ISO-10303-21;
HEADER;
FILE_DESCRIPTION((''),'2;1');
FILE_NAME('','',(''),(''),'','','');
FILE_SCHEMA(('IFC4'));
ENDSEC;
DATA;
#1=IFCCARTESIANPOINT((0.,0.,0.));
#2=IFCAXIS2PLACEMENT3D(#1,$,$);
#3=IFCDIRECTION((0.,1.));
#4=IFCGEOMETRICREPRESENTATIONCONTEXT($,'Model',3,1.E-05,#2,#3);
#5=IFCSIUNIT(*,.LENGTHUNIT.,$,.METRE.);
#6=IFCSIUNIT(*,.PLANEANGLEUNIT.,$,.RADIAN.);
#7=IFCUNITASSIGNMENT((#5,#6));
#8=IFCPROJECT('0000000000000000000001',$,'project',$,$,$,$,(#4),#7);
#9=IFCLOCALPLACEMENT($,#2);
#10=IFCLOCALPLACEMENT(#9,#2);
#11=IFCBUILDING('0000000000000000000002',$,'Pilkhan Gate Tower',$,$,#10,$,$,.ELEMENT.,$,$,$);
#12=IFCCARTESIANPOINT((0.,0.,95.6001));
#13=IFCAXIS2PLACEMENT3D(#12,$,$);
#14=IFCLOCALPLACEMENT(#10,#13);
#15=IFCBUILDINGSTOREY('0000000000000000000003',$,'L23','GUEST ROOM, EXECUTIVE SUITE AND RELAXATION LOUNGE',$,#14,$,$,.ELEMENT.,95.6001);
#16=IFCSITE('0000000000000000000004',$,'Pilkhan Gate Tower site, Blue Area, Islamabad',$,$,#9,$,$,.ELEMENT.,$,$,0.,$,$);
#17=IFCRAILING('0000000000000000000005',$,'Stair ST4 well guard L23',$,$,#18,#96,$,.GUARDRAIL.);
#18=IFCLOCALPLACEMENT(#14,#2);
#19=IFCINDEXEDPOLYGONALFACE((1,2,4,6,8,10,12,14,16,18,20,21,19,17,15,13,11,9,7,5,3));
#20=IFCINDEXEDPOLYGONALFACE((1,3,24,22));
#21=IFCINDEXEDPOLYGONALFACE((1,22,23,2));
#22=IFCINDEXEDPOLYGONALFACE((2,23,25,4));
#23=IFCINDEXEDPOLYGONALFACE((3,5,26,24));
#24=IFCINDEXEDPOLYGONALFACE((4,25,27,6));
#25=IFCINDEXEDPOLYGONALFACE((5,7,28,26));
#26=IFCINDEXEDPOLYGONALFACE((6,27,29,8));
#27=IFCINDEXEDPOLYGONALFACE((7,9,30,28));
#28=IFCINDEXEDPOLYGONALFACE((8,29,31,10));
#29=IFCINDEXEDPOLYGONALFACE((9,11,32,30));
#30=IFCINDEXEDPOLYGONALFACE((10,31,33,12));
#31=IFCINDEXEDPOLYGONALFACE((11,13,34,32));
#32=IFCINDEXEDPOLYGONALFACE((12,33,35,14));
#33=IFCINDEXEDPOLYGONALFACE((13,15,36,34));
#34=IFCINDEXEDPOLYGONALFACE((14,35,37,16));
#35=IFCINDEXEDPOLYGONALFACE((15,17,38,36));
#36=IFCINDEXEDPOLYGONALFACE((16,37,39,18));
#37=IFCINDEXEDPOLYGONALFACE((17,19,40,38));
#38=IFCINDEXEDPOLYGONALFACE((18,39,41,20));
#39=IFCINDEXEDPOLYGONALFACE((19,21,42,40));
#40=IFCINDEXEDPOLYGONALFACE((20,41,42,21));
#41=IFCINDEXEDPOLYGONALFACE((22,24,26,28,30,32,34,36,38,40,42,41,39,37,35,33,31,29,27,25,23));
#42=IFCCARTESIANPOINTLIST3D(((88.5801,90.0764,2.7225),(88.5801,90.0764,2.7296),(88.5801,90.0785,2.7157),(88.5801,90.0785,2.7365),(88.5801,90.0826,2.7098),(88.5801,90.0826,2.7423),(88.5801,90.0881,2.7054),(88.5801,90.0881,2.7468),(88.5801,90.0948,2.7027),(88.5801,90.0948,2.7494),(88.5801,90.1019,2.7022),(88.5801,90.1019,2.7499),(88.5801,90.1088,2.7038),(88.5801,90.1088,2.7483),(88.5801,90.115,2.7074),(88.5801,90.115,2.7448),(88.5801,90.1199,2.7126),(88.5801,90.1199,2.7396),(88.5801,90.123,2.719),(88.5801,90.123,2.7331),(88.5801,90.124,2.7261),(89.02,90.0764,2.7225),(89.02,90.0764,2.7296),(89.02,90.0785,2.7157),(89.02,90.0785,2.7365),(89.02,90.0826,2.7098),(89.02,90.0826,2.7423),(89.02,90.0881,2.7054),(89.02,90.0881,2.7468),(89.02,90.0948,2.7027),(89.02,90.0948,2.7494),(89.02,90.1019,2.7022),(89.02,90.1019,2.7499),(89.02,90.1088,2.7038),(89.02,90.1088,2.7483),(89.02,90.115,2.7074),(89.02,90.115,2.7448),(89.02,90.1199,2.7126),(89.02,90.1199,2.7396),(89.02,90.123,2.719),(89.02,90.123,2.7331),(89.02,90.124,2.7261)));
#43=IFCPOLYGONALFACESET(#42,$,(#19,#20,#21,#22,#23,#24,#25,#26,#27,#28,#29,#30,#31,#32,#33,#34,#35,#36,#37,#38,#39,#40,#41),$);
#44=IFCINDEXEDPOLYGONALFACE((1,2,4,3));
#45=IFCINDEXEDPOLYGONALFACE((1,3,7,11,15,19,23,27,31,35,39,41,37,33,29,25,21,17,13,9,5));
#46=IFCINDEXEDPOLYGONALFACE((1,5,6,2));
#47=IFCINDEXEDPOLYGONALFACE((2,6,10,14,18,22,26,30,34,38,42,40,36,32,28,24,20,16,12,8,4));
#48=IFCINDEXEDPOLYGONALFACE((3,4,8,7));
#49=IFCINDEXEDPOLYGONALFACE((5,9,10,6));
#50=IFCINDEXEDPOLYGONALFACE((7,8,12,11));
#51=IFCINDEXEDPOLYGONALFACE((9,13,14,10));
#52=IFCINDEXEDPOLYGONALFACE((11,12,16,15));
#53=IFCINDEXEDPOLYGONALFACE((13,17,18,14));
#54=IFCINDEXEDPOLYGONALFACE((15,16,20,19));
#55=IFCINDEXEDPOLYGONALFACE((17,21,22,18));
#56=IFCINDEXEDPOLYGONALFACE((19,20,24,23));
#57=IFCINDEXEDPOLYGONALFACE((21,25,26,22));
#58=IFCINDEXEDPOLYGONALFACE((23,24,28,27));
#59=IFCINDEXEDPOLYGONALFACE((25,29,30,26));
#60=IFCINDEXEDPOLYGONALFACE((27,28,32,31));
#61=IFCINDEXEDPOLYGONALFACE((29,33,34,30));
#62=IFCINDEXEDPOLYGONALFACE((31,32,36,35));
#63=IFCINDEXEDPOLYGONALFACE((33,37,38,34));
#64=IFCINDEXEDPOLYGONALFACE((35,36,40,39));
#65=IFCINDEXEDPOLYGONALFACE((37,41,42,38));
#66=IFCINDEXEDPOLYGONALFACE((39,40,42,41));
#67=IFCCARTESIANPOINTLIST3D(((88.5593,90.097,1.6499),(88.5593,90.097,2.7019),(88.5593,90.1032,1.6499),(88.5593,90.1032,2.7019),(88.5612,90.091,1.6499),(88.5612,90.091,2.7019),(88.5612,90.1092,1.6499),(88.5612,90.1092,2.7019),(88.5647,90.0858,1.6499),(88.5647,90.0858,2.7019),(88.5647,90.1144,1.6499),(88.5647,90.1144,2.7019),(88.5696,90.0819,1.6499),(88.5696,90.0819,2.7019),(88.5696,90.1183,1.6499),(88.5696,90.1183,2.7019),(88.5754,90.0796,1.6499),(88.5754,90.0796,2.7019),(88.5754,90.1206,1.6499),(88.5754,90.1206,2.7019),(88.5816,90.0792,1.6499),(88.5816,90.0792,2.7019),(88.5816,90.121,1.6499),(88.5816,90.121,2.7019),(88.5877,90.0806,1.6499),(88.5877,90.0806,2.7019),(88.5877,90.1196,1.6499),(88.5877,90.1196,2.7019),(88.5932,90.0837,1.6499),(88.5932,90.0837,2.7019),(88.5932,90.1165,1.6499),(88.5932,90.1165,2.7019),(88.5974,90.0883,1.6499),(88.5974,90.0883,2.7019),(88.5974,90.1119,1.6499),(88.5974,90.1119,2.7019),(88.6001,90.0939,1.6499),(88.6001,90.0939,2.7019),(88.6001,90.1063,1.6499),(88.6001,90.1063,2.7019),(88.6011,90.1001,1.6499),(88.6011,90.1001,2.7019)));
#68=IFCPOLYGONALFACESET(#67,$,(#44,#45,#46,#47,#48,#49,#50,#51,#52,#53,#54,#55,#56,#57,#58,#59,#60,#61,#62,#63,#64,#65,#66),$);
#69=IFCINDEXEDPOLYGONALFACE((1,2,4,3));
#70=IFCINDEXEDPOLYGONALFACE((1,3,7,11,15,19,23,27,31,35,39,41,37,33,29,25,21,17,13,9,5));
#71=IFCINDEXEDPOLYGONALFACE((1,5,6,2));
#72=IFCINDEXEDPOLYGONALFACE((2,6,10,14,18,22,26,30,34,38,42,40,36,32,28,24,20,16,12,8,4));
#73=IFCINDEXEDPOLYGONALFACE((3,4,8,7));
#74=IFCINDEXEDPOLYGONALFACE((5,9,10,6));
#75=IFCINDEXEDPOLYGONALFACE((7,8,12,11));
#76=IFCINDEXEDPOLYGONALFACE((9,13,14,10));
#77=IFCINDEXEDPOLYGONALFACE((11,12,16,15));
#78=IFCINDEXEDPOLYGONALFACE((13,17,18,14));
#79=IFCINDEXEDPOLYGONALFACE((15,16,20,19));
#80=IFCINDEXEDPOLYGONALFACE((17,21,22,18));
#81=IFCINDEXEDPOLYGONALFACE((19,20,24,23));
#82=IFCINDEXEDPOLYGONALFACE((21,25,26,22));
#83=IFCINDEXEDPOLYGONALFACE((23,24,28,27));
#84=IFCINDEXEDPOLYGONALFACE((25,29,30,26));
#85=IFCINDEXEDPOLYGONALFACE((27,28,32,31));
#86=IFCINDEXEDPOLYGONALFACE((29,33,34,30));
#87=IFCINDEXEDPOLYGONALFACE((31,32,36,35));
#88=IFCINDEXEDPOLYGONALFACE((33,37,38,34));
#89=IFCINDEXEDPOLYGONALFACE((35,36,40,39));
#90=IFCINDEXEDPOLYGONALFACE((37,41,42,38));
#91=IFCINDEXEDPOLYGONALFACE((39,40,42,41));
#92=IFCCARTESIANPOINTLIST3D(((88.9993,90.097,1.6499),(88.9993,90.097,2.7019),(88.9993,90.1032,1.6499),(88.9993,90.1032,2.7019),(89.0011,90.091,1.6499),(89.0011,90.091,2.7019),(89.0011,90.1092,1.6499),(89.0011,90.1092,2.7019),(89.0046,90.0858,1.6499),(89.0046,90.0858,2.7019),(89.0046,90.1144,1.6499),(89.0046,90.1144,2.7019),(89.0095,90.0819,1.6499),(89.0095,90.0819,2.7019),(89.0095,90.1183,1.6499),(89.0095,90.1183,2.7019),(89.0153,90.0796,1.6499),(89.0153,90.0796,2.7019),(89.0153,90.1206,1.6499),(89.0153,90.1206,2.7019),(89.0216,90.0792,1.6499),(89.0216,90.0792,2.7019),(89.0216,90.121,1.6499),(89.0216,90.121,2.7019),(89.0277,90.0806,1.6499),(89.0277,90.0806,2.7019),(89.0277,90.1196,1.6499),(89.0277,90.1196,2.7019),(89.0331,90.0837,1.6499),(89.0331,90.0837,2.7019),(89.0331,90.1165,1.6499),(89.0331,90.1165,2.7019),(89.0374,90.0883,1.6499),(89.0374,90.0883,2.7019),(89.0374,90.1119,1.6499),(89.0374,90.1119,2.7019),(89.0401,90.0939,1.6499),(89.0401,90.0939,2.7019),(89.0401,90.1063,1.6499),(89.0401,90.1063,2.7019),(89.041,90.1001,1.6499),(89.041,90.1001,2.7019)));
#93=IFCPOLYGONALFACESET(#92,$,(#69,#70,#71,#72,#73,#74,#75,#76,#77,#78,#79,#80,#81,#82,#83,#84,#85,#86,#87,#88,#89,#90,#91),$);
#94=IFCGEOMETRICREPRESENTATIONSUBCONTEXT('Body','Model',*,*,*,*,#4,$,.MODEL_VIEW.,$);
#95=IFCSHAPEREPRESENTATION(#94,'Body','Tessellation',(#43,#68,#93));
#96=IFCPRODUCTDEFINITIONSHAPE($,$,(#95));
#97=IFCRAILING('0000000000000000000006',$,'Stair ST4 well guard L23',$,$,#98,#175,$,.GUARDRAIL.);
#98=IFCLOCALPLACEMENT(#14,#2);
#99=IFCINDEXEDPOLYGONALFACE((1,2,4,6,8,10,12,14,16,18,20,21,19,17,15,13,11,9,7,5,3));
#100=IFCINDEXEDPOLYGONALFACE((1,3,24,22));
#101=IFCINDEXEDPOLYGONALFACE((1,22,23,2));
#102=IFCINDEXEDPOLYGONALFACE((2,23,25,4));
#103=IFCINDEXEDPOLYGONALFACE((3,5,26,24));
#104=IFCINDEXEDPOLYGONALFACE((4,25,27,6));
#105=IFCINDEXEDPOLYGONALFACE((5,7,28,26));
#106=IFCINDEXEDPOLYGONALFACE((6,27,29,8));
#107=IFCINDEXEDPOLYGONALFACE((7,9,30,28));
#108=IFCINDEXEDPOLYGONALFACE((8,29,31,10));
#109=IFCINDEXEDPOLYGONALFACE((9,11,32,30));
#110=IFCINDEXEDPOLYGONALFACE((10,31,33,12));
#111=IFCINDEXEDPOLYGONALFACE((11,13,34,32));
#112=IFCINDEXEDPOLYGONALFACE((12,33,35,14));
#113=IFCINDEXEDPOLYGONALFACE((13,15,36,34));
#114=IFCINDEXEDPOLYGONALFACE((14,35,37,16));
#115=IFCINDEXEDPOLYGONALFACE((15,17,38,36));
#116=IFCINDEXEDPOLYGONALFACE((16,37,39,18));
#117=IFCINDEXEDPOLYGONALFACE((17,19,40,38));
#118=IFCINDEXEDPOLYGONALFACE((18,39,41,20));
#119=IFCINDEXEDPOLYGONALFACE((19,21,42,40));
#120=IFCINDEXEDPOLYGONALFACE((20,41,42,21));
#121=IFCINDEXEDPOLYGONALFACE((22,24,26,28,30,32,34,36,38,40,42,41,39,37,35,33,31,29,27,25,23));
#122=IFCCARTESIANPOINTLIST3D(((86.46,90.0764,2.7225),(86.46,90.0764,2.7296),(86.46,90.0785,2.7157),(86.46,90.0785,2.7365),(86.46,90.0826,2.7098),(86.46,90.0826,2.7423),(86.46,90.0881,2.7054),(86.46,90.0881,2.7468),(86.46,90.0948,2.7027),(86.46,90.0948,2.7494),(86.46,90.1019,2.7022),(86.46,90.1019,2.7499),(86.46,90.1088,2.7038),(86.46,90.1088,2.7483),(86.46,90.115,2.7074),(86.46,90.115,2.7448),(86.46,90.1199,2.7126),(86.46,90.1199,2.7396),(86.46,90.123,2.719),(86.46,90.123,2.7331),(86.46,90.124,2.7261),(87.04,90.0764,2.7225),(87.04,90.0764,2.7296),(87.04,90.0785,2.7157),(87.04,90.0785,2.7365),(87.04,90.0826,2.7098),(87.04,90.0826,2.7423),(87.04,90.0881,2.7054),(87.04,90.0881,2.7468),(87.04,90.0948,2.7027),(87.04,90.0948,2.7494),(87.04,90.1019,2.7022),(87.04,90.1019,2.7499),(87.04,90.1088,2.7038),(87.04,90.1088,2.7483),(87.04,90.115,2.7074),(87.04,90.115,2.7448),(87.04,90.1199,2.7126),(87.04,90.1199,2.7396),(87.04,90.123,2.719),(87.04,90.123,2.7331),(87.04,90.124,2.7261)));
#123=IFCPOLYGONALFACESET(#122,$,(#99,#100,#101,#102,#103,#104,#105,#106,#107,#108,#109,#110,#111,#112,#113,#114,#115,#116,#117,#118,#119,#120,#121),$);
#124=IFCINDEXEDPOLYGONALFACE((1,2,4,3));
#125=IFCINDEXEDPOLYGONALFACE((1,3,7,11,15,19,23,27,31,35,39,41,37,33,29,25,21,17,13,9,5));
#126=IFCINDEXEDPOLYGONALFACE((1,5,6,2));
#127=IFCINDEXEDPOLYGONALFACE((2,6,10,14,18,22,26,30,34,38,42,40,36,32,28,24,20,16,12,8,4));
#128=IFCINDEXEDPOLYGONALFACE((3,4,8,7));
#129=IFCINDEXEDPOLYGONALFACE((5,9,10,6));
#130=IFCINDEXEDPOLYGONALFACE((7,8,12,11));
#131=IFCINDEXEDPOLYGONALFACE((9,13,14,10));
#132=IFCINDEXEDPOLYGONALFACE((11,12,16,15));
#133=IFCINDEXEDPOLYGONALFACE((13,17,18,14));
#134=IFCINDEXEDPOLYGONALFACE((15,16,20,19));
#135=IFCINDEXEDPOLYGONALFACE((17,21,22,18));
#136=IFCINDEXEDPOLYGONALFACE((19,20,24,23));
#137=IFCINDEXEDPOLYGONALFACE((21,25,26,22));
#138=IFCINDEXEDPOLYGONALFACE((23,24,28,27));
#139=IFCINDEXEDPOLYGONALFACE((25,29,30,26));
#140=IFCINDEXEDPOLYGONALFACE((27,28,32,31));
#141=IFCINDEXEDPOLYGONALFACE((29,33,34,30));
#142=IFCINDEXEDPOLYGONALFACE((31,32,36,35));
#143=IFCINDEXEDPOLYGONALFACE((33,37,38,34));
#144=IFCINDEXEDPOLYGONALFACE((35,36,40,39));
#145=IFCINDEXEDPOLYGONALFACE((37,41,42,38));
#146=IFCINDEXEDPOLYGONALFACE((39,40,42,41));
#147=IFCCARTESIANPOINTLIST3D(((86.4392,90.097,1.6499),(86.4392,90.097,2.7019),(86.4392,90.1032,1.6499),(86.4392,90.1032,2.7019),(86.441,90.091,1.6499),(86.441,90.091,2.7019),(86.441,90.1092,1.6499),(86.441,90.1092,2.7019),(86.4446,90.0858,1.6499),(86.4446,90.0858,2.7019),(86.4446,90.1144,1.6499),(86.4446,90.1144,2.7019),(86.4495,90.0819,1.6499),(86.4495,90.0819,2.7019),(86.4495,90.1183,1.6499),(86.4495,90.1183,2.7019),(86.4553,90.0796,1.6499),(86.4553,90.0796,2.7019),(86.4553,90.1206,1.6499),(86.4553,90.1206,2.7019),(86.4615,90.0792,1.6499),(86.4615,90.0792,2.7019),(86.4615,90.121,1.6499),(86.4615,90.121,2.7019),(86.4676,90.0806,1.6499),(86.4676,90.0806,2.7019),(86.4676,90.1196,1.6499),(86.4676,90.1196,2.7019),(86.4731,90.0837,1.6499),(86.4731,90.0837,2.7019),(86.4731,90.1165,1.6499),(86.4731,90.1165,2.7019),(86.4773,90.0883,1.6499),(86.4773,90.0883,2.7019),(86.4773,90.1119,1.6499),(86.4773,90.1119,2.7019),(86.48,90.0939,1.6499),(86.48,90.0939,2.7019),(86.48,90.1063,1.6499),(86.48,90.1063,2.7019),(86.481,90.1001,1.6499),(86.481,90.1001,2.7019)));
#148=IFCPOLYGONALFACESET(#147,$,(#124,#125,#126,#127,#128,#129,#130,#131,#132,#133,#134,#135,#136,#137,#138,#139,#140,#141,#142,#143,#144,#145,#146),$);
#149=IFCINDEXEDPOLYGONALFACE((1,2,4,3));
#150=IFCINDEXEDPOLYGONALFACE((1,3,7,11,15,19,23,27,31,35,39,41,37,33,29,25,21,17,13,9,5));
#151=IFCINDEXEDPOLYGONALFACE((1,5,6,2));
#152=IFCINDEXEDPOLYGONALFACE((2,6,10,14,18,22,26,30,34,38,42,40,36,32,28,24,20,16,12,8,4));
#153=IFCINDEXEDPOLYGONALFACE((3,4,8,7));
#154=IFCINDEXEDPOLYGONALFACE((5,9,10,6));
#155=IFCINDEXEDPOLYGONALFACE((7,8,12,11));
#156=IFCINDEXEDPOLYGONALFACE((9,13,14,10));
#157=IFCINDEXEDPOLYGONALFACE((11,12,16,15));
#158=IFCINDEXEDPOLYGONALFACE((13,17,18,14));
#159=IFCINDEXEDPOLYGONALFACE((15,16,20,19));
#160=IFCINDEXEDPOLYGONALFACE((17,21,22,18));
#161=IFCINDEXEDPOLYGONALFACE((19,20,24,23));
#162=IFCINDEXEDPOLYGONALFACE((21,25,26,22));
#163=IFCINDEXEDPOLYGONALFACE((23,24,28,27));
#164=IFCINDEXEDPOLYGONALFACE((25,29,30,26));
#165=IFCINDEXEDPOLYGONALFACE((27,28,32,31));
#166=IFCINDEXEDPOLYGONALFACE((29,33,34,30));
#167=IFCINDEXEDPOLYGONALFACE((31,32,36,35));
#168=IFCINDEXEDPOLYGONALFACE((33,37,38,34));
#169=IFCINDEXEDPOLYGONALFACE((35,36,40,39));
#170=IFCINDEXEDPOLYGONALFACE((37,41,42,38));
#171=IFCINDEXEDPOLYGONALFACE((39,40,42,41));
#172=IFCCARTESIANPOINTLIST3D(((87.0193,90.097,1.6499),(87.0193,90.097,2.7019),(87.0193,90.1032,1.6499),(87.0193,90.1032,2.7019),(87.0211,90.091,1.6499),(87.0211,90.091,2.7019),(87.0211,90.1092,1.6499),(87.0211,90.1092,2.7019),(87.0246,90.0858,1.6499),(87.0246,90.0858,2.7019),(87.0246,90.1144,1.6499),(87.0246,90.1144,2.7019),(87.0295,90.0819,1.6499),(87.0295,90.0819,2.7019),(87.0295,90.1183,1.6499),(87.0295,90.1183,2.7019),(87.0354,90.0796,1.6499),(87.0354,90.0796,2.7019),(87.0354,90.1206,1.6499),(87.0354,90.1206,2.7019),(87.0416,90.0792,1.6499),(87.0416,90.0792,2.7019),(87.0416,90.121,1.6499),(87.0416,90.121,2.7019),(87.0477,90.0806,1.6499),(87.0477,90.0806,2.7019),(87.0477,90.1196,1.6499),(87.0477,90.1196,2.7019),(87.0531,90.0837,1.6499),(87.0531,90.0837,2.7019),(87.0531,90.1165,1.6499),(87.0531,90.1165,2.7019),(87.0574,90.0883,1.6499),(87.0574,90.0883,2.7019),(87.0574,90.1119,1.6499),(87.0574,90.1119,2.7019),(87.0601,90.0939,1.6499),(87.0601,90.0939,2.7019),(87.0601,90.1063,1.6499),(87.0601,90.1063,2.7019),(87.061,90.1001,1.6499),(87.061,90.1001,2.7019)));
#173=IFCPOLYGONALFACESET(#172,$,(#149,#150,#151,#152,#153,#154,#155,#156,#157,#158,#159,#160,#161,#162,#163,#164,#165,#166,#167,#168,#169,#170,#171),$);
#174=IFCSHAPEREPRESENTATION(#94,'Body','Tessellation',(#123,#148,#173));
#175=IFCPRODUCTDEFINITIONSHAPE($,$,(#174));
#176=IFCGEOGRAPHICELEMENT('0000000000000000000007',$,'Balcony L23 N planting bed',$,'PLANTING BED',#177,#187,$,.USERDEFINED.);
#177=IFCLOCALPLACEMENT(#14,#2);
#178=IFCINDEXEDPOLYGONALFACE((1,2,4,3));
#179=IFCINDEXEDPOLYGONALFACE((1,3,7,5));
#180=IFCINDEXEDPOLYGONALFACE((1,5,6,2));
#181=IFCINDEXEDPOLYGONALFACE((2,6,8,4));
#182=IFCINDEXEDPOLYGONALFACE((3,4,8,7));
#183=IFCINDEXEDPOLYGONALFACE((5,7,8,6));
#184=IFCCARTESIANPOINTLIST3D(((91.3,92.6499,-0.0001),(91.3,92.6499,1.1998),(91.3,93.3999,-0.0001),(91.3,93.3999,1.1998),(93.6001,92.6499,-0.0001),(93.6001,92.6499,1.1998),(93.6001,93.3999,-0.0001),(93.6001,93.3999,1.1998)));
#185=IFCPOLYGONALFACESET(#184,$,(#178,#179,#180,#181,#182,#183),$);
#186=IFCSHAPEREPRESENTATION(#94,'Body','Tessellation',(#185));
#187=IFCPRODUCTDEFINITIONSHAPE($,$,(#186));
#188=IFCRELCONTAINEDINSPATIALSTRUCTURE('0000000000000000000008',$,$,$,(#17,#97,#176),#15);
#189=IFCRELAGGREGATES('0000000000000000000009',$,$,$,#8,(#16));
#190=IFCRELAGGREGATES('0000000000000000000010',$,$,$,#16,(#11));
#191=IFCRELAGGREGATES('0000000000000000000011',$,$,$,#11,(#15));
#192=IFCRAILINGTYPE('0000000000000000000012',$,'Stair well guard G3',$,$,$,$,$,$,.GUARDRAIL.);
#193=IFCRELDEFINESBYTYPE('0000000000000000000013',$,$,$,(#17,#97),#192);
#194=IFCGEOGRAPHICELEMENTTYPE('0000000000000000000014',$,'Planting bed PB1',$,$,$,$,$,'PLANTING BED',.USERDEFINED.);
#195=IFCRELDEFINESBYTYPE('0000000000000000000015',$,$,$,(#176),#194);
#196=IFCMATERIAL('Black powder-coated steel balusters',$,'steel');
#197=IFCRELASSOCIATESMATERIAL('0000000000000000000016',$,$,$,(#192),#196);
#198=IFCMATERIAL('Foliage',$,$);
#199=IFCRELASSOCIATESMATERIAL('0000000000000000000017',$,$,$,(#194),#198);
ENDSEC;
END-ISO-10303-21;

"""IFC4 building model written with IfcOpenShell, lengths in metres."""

from ifc_helpers import new_model, si_unit, direction, frame, origin, origin_2d, place, context, subcontext, project, spatial, rectangle, circle, extrude, material, material_profile, profile_set, type_object, element, save


model = new_model("IFC4")

# Units and contexts
model_context = context("Model", 3, precision=1e-05, world=origin(), true_north=direction((0.0, 1.0)))
body_context = subcontext(model_context, "Body", "Model", "MODEL_VIEW")
ifc_project = project(units=[si_unit("LENGTHUNIT", "METRE"), si_unit("PLANEANGLEUNIT", "RADIAN")], contexts=[model_context])

# Site, building, storey
site_placement = place(None, origin())
site = spatial("IfcSite", under=ifc_project, at=site_placement, Name="Pilkhan Gate Tower site, Blue Area, Islamabad", CompositionType="ELEMENT", RefElevation=0.0)
building_placement = place(site_placement, origin())
building = spatial("IfcBuilding", under=site, at=building_placement, Name="Pilkhan Gate Tower", CompositionType="ELEMENT")
storey_placement = place(building_placement, frame((0.0, 0.0, 95.6001)))
storey = spatial("IfcBuildingStorey", under=building, at=storey_placement, Name="L23", Description="GUEST ROOM, EXECUTIVE SUITE AND RELAXATION LOUNGE", CompositionType="ELEMENT", Elevation=95.6001)

# Railings
ifc_material_1 = material(Name="Black powder-coated steel balusters", Category="steel")
railing_type_1 = type_object("IfcRailingType", Name="Stair well guard G3", PredefinedType="GUARDRAIL", material=ifc_material_1)
railing_1_placement = place(storey_placement, frame((88.5801, 90.1001, 1.6499)))
element("IfcRailing", 1, at=railing_1_placement, inside=storey, type_object=railing_type_1, Name="Stair ST4 well guard L23", PredefinedType="GUARDRAIL", context=body_context, shape_type="SweptSolid", body=[
    extrude(circle(Radius=0.0239, at=origin_2d()), frame((0.0, 0.0, 1.0762), z_axis=(1.0, 0.0, 0.0), x_axis=(0.0, 1.0, 0.0)), (0.0, 0.0, 1.0), 0.4399),
    extrude(circle(Radius=0.021, at=origin_2d()), origin(), (0.0, 0.0, 1.0), 1.052),
    extrude(circle(Radius=0.021, at=origin_2d()), frame((0.4399, 0.0, 0.0)), (0.0, 0.0, 1.0), 1.052),
])
railing_2_placement = place(storey_placement, frame((86.46, 90.1001, 1.6499)))
element("IfcRailing", 2, at=railing_2_placement, inside=storey, type_object=railing_type_1, Name="Stair ST4 well guard L23", PredefinedType="GUARDRAIL", context=body_context, shape_type="SweptSolid", body=[
    extrude(circle(Radius=0.0239, at=origin_2d()), frame((0.0, 0.0, 1.0762), z_axis=(1.0, 0.0, 0.0), x_axis=(0.0, 1.0, 0.0)), (0.0, 0.0, 1.0), 0.5801),
    extrude(circle(Radius=0.021, at=origin_2d()), origin(), (0.0, 0.0, 1.0), 1.052),
    extrude(circle(Radius=0.021, at=origin_2d()), frame((0.5801, 0.0, 0.0)), (0.0, 0.0, 1.0), 1.052),
])

# Geographic element
ifc_material_2 = material(Name="Foliage")
ifc_material_profile_1 = material_profile(ifc_material_2, rectangle(XDim=0.75, YDim=1.2, at=origin_2d()), Name="Bed 750x1200")
ifc_profile_set_1 = profile_set([ifc_material_profile_1], Name="Foliage")
geographic_element_type = type_object("IfcGeographicElementType", Name="Planting bed PB1", ElementType="PLANTING BED", PredefinedType="USERDEFINED", material=ifc_profile_set_1)
geographic_element_placement = place(storey_placement, frame((91.3, 93.0249, 0.5999), z_axis=(1.0, 0.0, 0.0), x_axis=(0.0, 1.0, 0.0)))
element("IfcGeographicElement", 3, at=geographic_element_placement, inside=storey, type_object=geographic_element_type, Name="Balcony L23 N planting bed", ObjectType="PLANTING BED", PredefinedType="USERDEFINED", context=body_context, shape_type="SweptSolid", body=[
    extrude(rectangle(XDim=0.75, YDim=1.2, at=origin_2d()), origin(), (0.0, 0.0, 1.0), 2.3),
])

save(model, "model.ifc")
